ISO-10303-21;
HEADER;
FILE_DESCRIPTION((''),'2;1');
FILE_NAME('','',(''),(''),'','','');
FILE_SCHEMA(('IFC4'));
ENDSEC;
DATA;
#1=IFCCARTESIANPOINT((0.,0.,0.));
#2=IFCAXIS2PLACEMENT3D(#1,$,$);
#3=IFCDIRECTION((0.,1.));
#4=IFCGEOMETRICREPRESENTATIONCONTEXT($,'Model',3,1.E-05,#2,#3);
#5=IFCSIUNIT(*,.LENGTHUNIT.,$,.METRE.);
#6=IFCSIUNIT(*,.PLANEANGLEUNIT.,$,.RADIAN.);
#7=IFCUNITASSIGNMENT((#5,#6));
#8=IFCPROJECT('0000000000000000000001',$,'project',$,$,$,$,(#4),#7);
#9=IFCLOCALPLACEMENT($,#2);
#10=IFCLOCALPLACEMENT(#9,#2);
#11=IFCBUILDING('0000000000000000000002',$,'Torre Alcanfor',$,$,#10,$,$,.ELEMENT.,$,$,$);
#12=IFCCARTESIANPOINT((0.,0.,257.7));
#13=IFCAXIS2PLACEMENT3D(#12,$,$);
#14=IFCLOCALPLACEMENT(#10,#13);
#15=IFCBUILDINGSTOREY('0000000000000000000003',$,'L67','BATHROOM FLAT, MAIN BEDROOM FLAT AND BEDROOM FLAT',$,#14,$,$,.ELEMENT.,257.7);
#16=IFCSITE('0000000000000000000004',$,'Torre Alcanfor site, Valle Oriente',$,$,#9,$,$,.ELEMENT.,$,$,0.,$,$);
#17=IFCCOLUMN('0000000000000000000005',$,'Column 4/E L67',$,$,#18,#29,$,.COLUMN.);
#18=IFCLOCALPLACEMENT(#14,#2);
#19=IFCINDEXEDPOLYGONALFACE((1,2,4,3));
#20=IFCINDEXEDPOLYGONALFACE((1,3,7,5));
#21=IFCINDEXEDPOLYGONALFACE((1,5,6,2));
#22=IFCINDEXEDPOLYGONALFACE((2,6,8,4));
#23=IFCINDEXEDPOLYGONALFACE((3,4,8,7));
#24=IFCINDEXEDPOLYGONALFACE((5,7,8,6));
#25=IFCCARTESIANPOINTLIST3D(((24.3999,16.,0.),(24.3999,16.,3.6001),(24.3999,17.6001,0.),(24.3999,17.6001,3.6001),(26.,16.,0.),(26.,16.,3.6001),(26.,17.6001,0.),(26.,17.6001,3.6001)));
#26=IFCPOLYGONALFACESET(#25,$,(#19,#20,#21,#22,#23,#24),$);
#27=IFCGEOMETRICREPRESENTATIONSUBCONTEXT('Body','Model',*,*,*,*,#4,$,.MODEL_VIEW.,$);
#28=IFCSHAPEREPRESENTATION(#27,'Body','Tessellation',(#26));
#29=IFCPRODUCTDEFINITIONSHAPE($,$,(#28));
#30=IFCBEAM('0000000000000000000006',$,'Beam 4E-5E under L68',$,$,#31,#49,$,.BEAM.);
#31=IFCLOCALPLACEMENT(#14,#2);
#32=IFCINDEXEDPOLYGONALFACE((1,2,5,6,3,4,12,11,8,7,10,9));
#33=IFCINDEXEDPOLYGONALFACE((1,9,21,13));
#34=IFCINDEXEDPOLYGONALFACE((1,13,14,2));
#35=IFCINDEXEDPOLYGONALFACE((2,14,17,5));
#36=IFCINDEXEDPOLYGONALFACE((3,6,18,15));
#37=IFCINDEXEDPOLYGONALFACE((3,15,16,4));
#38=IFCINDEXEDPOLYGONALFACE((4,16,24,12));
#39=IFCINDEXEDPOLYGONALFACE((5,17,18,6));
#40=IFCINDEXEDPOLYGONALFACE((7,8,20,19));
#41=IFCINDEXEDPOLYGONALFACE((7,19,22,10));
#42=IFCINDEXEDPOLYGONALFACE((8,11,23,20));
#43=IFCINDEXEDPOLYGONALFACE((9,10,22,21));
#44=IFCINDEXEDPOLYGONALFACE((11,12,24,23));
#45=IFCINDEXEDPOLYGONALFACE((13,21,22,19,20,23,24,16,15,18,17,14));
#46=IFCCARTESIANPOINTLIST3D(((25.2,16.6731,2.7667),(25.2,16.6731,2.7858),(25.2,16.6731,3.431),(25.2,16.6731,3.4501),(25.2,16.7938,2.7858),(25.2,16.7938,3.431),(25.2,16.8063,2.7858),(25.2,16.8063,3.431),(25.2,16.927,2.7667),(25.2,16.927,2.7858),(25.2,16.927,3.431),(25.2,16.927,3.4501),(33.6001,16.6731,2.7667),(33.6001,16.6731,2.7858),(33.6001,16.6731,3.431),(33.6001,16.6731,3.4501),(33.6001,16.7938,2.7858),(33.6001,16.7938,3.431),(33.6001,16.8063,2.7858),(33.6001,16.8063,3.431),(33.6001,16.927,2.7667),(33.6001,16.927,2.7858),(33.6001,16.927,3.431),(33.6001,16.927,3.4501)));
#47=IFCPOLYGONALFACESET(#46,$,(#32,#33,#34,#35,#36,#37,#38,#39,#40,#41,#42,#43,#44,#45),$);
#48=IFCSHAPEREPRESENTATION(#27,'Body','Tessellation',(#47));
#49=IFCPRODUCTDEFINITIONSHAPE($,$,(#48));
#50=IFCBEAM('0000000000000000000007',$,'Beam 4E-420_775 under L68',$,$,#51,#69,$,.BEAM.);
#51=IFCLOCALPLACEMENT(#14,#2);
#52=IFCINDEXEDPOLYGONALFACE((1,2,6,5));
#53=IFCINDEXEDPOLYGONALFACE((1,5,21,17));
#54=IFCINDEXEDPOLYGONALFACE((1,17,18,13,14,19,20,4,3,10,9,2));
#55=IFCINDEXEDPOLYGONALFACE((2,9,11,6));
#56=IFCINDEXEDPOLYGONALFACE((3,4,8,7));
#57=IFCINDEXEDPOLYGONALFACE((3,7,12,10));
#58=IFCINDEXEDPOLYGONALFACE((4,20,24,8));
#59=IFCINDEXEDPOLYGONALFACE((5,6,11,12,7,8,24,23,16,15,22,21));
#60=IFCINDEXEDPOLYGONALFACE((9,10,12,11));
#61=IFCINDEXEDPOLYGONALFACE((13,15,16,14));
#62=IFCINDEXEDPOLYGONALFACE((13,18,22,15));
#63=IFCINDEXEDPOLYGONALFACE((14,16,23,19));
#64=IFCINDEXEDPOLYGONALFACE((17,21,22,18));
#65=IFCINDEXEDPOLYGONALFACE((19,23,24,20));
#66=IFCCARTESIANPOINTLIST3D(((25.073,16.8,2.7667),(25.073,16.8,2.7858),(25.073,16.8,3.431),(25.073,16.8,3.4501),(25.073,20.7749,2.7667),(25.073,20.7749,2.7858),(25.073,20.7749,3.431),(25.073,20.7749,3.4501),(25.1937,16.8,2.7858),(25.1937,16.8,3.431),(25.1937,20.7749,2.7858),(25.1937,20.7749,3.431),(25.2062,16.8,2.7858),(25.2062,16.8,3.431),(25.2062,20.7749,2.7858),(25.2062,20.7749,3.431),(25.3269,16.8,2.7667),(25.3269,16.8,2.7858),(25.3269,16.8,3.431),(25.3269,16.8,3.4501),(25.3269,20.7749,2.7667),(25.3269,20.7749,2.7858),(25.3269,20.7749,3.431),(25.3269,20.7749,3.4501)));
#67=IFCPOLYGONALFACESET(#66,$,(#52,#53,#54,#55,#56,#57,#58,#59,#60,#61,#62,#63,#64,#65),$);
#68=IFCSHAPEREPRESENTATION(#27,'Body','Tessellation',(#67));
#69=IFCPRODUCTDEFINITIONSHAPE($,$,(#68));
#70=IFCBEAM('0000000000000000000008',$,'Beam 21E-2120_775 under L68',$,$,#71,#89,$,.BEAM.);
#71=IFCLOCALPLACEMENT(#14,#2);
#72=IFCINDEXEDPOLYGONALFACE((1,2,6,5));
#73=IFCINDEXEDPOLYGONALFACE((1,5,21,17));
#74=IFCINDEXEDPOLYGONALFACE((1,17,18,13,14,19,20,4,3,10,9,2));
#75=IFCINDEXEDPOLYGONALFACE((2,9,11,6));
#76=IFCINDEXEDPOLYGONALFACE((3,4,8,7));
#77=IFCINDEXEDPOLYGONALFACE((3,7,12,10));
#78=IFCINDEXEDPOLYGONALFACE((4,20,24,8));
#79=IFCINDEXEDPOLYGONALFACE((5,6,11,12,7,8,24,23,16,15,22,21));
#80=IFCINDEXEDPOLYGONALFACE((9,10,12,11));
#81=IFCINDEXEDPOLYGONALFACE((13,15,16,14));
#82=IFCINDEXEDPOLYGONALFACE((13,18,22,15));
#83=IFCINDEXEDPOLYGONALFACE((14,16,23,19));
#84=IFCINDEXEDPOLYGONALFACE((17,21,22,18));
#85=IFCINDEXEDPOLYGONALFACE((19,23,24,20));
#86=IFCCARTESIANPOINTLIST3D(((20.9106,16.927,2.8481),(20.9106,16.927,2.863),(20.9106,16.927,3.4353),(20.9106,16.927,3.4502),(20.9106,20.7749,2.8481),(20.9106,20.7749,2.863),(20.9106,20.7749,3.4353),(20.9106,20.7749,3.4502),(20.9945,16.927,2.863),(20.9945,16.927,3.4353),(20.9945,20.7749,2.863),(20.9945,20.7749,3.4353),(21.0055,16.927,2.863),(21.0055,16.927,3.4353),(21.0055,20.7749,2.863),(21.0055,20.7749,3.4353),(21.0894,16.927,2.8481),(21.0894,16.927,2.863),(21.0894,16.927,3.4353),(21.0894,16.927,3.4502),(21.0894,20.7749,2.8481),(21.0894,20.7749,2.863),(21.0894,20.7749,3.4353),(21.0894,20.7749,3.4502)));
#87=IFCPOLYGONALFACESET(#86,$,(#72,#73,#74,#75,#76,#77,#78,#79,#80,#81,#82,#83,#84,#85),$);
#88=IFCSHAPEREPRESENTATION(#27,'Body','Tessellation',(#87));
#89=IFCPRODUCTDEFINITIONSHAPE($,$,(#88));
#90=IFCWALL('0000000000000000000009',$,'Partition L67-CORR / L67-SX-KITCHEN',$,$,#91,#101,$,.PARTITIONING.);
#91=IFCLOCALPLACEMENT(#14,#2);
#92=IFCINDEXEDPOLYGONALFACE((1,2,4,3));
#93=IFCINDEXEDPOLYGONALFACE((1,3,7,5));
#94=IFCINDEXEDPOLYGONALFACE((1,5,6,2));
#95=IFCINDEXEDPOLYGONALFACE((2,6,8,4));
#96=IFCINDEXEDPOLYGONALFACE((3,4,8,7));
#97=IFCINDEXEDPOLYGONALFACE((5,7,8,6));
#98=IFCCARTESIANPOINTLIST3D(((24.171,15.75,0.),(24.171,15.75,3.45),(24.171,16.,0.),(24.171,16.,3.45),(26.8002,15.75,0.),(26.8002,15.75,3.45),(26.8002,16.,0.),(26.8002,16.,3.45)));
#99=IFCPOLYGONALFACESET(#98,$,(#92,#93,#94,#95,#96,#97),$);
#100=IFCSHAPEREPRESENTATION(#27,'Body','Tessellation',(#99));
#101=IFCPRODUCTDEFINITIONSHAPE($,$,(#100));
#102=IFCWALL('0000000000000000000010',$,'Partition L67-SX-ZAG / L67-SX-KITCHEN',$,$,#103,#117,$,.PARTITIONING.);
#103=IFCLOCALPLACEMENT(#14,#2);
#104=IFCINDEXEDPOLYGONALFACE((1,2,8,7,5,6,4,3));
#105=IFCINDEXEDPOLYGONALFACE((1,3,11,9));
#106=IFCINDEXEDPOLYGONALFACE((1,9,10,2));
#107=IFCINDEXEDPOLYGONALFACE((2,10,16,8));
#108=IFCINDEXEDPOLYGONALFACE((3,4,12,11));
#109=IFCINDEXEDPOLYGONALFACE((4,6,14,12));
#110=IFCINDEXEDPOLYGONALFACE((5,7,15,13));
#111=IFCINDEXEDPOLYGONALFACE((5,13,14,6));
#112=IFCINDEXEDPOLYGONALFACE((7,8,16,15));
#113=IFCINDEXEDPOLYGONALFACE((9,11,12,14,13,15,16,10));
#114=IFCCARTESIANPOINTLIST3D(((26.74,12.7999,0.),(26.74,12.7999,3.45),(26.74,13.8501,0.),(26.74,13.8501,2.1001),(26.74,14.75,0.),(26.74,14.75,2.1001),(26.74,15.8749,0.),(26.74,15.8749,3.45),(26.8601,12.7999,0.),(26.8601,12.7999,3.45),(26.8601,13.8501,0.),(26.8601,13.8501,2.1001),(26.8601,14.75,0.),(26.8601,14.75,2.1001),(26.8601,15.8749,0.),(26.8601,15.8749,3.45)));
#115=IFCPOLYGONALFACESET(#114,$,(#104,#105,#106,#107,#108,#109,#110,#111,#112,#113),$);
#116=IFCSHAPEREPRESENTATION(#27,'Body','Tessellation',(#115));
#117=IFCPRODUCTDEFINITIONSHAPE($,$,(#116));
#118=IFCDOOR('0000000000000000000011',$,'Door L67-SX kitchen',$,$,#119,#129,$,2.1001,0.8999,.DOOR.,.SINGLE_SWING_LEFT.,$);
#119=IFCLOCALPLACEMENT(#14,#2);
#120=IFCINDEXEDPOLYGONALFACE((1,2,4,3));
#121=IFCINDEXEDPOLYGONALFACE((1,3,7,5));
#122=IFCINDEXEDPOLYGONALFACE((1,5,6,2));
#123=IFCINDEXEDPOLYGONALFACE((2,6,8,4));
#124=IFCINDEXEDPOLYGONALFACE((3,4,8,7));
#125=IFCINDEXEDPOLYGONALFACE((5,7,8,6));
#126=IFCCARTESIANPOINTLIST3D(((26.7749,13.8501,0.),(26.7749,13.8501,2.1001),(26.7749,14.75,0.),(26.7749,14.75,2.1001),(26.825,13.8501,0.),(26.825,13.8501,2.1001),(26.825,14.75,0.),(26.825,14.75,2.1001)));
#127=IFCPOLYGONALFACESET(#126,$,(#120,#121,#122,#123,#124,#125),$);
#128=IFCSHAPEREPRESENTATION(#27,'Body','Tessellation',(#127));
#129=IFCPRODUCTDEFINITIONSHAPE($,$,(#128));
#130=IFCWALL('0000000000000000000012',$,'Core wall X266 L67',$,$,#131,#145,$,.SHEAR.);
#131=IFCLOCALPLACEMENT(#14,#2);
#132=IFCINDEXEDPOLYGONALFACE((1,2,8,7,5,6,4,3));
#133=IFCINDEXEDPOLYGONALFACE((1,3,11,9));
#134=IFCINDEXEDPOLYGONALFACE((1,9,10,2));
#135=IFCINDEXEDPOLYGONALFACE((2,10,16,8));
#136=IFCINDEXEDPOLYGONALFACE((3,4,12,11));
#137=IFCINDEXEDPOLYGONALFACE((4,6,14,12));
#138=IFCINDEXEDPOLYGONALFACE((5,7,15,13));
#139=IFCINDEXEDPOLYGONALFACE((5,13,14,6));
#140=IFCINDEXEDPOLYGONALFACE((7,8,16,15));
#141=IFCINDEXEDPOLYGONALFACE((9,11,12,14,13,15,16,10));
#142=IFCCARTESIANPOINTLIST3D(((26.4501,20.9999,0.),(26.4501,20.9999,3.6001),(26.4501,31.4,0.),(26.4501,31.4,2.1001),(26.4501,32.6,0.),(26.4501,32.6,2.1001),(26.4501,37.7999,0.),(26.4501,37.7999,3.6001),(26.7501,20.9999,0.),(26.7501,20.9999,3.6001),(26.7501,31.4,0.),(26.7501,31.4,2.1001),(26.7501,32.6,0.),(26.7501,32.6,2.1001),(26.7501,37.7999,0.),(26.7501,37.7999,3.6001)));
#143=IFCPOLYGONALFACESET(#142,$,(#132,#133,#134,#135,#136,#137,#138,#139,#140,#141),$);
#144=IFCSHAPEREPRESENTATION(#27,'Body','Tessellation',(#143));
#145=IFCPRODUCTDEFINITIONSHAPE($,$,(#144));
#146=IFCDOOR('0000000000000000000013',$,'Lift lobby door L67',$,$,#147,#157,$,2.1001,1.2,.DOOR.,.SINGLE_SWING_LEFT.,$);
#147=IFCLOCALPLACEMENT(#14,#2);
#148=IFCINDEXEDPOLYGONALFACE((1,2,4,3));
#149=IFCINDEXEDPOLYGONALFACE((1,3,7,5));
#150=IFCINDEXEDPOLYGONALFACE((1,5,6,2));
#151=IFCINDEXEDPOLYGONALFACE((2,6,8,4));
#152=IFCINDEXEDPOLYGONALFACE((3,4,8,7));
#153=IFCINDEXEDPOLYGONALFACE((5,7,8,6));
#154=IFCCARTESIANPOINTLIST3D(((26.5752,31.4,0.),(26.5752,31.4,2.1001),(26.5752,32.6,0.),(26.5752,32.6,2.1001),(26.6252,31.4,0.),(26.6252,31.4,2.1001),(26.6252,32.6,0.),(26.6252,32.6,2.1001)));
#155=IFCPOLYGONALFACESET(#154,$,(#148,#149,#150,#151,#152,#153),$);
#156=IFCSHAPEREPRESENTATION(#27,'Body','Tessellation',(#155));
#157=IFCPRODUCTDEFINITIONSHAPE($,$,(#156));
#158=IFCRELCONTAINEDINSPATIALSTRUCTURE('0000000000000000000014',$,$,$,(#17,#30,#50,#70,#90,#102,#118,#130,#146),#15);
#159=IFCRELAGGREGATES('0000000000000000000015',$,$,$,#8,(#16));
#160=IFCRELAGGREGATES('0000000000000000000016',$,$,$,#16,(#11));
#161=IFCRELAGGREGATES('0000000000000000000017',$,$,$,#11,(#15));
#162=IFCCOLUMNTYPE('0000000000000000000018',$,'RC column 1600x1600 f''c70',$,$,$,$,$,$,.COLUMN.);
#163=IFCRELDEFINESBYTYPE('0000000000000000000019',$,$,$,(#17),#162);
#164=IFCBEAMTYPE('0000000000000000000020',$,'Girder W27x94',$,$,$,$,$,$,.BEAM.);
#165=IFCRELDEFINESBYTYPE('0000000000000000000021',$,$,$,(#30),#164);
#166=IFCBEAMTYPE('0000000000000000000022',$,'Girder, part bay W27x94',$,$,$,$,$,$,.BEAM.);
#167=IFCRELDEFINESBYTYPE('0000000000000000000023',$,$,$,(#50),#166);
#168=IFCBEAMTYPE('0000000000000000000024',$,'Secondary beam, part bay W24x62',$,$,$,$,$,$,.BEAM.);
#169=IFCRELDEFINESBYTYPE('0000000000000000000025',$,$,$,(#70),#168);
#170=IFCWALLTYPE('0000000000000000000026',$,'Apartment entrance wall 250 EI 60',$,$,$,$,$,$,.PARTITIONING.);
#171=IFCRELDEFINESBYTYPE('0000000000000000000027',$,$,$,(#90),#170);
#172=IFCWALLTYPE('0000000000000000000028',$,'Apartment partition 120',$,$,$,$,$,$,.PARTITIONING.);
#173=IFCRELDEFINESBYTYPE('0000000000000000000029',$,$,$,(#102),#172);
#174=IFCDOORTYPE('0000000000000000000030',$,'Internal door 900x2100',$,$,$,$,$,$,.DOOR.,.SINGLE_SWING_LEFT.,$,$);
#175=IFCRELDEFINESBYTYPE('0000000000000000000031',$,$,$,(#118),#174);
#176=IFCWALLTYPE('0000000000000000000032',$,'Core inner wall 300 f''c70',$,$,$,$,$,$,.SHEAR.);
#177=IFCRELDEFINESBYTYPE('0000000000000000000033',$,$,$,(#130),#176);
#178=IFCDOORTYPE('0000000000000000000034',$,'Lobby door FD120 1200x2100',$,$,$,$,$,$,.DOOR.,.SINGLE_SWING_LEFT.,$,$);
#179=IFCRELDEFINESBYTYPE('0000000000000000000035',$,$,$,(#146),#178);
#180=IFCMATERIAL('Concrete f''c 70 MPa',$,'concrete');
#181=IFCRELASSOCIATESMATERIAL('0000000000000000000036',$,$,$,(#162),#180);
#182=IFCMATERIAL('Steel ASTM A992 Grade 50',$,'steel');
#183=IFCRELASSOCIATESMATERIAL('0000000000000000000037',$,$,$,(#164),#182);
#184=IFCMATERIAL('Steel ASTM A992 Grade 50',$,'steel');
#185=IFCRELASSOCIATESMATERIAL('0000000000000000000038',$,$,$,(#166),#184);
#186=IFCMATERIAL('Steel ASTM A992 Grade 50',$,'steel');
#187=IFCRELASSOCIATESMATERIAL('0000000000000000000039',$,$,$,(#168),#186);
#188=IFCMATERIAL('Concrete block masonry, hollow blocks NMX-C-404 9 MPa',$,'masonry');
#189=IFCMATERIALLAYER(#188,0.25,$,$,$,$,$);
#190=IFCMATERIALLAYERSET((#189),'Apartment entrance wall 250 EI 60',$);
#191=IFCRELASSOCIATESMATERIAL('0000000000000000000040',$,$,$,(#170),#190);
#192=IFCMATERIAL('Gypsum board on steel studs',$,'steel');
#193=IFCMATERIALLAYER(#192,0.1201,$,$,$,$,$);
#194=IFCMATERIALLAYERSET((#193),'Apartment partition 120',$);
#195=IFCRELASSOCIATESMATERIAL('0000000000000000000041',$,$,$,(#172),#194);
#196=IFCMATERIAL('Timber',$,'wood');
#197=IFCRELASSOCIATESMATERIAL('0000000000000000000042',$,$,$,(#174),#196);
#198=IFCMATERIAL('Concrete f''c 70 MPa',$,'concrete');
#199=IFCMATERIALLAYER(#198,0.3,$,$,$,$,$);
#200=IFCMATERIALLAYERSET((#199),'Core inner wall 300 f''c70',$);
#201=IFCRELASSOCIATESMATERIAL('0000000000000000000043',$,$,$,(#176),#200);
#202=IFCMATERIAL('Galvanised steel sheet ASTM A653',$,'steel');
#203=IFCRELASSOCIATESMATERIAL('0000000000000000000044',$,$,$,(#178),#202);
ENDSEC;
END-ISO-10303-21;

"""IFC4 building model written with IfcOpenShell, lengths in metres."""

from ifc_helpers import new_model, si_unit, direction, frame, frame_2d, origin, origin_2d, place, context, subcontext, project, spatial, rectangle, i_section, extrude, material, layer, layer_set, material_profile, profile_set, type_object, element, fill, save


model = new_model("IFC4")

# Units and contexts
model_context = context("Model", 3, precision=1e-05, world=origin(), true_north=direction((0.0, 1.0)))
body_context = subcontext(model_context, "Body", "Model", "MODEL_VIEW")
ifc_project = project(units=[si_unit("LENGTHUNIT", "METRE"), si_unit("PLANEANGLEUNIT", "RADIAN")], contexts=[model_context])

# Site, building, storey
site_placement = place(None, origin())
site = spatial("IfcSite", under=ifc_project, at=site_placement, Name="Torre Alcanfor site, Valle Oriente", CompositionType="ELEMENT", RefElevation=0.0)
building_placement = place(site_placement, origin())
building = spatial("IfcBuilding", under=site, at=building_placement, Name="Torre Alcanfor", CompositionType="ELEMENT")
storey_placement = place(building_placement, frame((0.0, 0.0, 257.7)))
storey = spatial("IfcBuildingStorey", under=building, at=storey_placement, Name="L67", Description="BATHROOM FLAT, MAIN BEDROOM FLAT AND BEDROOM FLAT", CompositionType="ELEMENT", Elevation=257.7)

# Column
ifc_material_1 = material(Name="Concrete f'c 70 MPa", Category="concrete")
ifc_material_profile_1 = material_profile(ifc_material_1, rectangle(XDim=1.6001, YDim=1.6001, at=origin_2d()), Name="1600x1600")
ifc_profile_set_1 = profile_set([ifc_material_profile_1], Name="Concrete f'c 70 MPa")
column_type = type_object("IfcColumnType", Name="RC column 1600x1600 f'c70", PredefinedType="COLUMN", material=ifc_profile_set_1)
column_placement = place(storey_placement, frame((25.2, 16.8, 0.0), z_axis=(0.0, 0.0, 1.0), x_axis=(1.0, 0.0, 0.0)))
element("IfcColumn", 1, at=column_placement, inside=storey, type_object=column_type, Name="Column 4/E L67", PredefinedType="COLUMN", context=body_context, shape_type="SweptSolid", body=[
    extrude(rectangle(XDim=1.6001, YDim=1.6001, at=origin_2d()), origin(), (0.0, 0.0, 1.0), 3.6001),
])

# Beams
ifc_material_2 = material(Name="Steel ASTM A992 Grade 50", Category="steel")
ifc_material_profile_2 = material_profile(ifc_material_2, i_section(OverallWidth=0.2539, OverallDepth=0.6833, WebThickness=0.0125, FlangeThickness=0.019, at=origin_2d()), Name="W27x94")
ifc_profile_set_2 = profile_set([ifc_material_profile_2], Name="Steel ASTM A992 Grade 50")
beam_type_1 = type_object("IfcBeamType", Name="Girder W27x94", PredefinedType="BEAM", material=ifc_profile_set_2)
beam_1_placement = place(storey_placement, frame((25.2, 16.8, 3.1084), z_axis=(1.0, 0.0, 0.0), x_axis=(0.0, 1.0, 0.0)))
element("IfcBeam", 2, at=beam_1_placement, inside=storey, type_object=beam_type_1, Name="Beam 4E-5E under L68", PredefinedType="BEAM", context=body_context, shape_type="SweptSolid", body=[
    extrude(i_section(OverallWidth=0.2539, OverallDepth=0.6833, WebThickness=0.0125, FlangeThickness=0.019, at=origin_2d()), origin(), (0.0, 0.0, 1.0), 8.4001),
])
ifc_material_3 = material(Name="Steel ASTM A992 Grade 50", Category="steel")
ifc_material_profile_3 = material_profile(ifc_material_3, i_section(OverallWidth=0.2539, OverallDepth=0.6833, WebThickness=0.0125, FlangeThickness=0.019, at=origin_2d()), Name="W27x94")
ifc_profile_set_3 = profile_set([ifc_material_profile_3], Name="Steel ASTM A992 Grade 50")
beam_type_2 = type_object("IfcBeamType", Name="Girder, part bay W27x94", PredefinedType="BEAM", material=ifc_profile_set_3)
beam_2_placement = place(storey_placement, frame((25.2, 16.8, 3.1084), z_axis=(0.0, 1.0, 0.0), x_axis=(-1.0, 0.0, 0.0)))
element("IfcBeam", 3, at=beam_2_placement, inside=storey, type_object=beam_type_2, Name="Beam 4E-420_775 under L68", PredefinedType="BEAM", context=body_context, shape_type="SweptSolid", body=[
    extrude(i_section(OverallWidth=0.2539, OverallDepth=0.6833, WebThickness=0.0125, FlangeThickness=0.019, at=origin_2d()), origin(), (0.0, 0.0, 1.0), 3.9749),
])
ifc_material_4 = material(Name="Steel ASTM A992 Grade 50", Category="steel")
ifc_material_profile_4 = material_profile(ifc_material_4, i_section(OverallWidth=0.1787, OverallDepth=0.6021, WebThickness=0.011, FlangeThickness=0.0149, at=origin_2d()), Name="W24x62")
ifc_profile_set_4 = profile_set([ifc_material_profile_4], Name="Steel ASTM A992 Grade 50")
beam_type_3 = type_object("IfcBeamType", Name="Secondary beam, part bay W24x62", PredefinedType="BEAM", material=ifc_profile_set_4)
beam_3_placement = place(storey_placement, frame((21.0, 16.927, 3.1492), z_axis=(0.0, 1.0, 0.0), x_axis=(-1.0, 0.0, 0.0)))
element("IfcBeam", 4, at=beam_3_placement, inside=storey, type_object=beam_type_3, Name="Beam 21E-2120_775 under L68", PredefinedType="BEAM", context=body_context, shape_type="SweptSolid", body=[
    extrude(i_section(OverallWidth=0.1787, OverallDepth=0.6021, WebThickness=0.011, FlangeThickness=0.0149, at=origin_2d()), origin(), (0.0, 0.0, 1.0), 3.8479),
])

# Wall
ifc_material_5 = material(Name="Concrete block masonry, hollow blocks NMX-C-404 9 MPa", Category="masonry")
ifc_layer_1 = layer(ifc_material_5, 0.25)
ifc_layer_set_1 = layer_set([ifc_layer_1], Name="Apartment entrance wall 250 EI 60")
wall_type_1 = type_object("IfcWallType", Name="Apartment entrance wall 250 EI 60", PredefinedType="PARTITIONING", material=ifc_layer_set_1)
wall_1_placement = place(storey_placement, frame((26.8, 15.875, 0.0), z_axis=(0.0, 0.0, 1.0), x_axis=(-1.0, 0.0, 0.0)))
element("IfcWall", 5, at=wall_1_placement, inside=storey, type_object=wall_type_1, Name="Partition L67-CORR / L67-SX-KITCHEN", PredefinedType="PARTITIONING", context=body_context, shape_type="SweptSolid", body=[
    extrude(rectangle(XDim=2.6292, YDim=0.25, at=frame_2d((1.3145, 0.0))), origin(), (0.0, 0.0, 1.0), 3.45),
])

# Walls, openings, doors
ifc_material_6 = material(Name="Gypsum board on steel studs", Category="steel")
ifc_layer_2 = layer(ifc_material_6, 0.1201)
ifc_layer_set_2 = layer_set([ifc_layer_2], Name="Apartment partition 120")
wall_type_2 = type_object("IfcWallType", Name="Apartment partition 120", PredefinedType="PARTITIONING", material=ifc_layer_set_2)
wall_2_placement = place(storey_placement, frame((26.8, 15.875, 0.0), z_axis=(0.0, 0.0, 1.0), x_axis=(0.0, -1.0, 0.0)))
wall_2 = element("IfcWall", 6, at=wall_2_placement, inside=storey, type_object=wall_type_2, Name="Partition L67-SX-ZAG / L67-SX-KITCHEN", PredefinedType="PARTITIONING", context=body_context, shape_type="SweptSolid", body=[
    extrude(rectangle(XDim=3.075, YDim=0.1201, at=frame_2d((1.5376, 0.0))), origin(), (0.0, 0.0, 1.0), 3.45),
])
opening_1_placement = place(wall_2_placement, frame((1.125, 0.0, 0.0)))
opening_1 = element("IfcOpeningElement", 7, at=opening_1_placement, cuts=wall_2, PredefinedType="OPENING", context=body_context, shape_type="SweptSolid", body=[
    extrude(rectangle(XDim=0.8999, YDim=2.1001, at=frame_2d((0.45, 1.05))), frame((0.0, 0.0701, 0.0), z_axis=(0.0, -1.0, 0.0), x_axis=(1.0, 0.0, 0.0)), (0.0, 0.0, 1.0), 0.1401),
])
ifc_material_7 = material(Name="Timber", Category="wood")
door_type_1 = type_object("IfcDoorType", Name="Internal door 900x2100", OperationType="SINGLE_SWING_LEFT", PredefinedType="DOOR", material=ifc_material_7)
door_1_placement = place(opening_1_placement, frame((0.8999, 0.0, 0.0), z_axis=(0.0, 0.0, 1.0), x_axis=(-1.0, 0.0, 0.0)))
door_1 = element("IfcDoor", 8, at=door_1_placement, inside=storey, type_object=door_type_1, Name="Door L67-SX kitchen", OperationType="SINGLE_SWING_LEFT", OverallHeight=2.1001, OverallWidth=0.8999, PredefinedType="DOOR", context=body_context, shape_type="SweptSolid", body=[
    extrude(rectangle(XDim=0.8999, YDim=2.1001, at=frame_2d((0.45, 1.05))), frame((0.0, 0.0251, 0.0), z_axis=(0.0, -1.0, 0.0), x_axis=(1.0, 0.0, 0.0)), (0.0, 0.0, 1.0), 0.05),
])
fill(opening_1, door_1)
ifc_material_8 = material(Name="Concrete f'c 70 MPa", Category="concrete")
ifc_layer_3 = layer(ifc_material_8, 0.3)
ifc_layer_set_3 = layer_set([ifc_layer_3], Name="Core inner wall 300 f'c70")
wall_type_3 = type_object("IfcWallType", Name="Core inner wall 300 f'c70", PredefinedType="SHEAR", material=ifc_layer_set_3)
wall_3_placement = place(storey_placement, frame((26.6001, 21.0, 0.0), z_axis=(0.0, 0.0, 1.0), x_axis=(0.0, 1.0, 0.0)))
wall_3 = element("IfcWall", 9, at=wall_3_placement, inside=storey, type_object=wall_type_3, Name="Core wall X266 L67", PredefinedType="SHEAR", context=body_context, shape_type="SweptSolid", body=[
    extrude(rectangle(XDim=16.8, YDim=0.3, at=frame_2d((8.3999, 0.0))), origin(), (0.0, 0.0, 1.0), 3.6001),
])
opening_2_placement = place(wall_3_placement, frame((10.3999, 0.0, 0.0)))
opening_2 = element("IfcOpeningElement", 10, at=opening_2_placement, cuts=wall_3, PredefinedType="OPENING", context=body_context, shape_type="SweptSolid", body=[
    extrude(rectangle(XDim=1.2, YDim=2.1001, at=frame_2d((0.6001, 1.05))), frame((0.0, 0.1599, 0.0), z_axis=(0.0, -1.0, 0.0), x_axis=(1.0, 0.0, 0.0)), (0.0, 0.0, 1.0), 0.3201),
])
ifc_material_9 = material(Name="Galvanised steel sheet ASTM A653", Category="steel")
door_type_2 = type_object("IfcDoorType", Name="Lobby door FD120 1200x2100", OperationType="SINGLE_SWING_LEFT", PredefinedType="DOOR", material=ifc_material_9)
door_2_placement = place(opening_2_placement, origin())
door_2 = element("IfcDoor", 11, at=door_2_placement, inside=storey, type_object=door_type_2, Name="Lift lobby door L67", OperationType="SINGLE_SWING_LEFT", OverallHeight=2.1001, OverallWidth=1.2, PredefinedType="DOOR", context=body_context, shape_type="SweptSolid", body=[
    extrude(rectangle(XDim=1.2, YDim=2.1001, at=frame_2d((0.6001, 1.05))), frame((0.0, 0.0249, 0.0), z_axis=(0.0, -1.0, 0.0), x_axis=(1.0, 0.0, 0.0)), (0.0, 0.0, 1.0), 0.05),
])
fill(opening_2, door_2)

save(model, "model.ifc")
